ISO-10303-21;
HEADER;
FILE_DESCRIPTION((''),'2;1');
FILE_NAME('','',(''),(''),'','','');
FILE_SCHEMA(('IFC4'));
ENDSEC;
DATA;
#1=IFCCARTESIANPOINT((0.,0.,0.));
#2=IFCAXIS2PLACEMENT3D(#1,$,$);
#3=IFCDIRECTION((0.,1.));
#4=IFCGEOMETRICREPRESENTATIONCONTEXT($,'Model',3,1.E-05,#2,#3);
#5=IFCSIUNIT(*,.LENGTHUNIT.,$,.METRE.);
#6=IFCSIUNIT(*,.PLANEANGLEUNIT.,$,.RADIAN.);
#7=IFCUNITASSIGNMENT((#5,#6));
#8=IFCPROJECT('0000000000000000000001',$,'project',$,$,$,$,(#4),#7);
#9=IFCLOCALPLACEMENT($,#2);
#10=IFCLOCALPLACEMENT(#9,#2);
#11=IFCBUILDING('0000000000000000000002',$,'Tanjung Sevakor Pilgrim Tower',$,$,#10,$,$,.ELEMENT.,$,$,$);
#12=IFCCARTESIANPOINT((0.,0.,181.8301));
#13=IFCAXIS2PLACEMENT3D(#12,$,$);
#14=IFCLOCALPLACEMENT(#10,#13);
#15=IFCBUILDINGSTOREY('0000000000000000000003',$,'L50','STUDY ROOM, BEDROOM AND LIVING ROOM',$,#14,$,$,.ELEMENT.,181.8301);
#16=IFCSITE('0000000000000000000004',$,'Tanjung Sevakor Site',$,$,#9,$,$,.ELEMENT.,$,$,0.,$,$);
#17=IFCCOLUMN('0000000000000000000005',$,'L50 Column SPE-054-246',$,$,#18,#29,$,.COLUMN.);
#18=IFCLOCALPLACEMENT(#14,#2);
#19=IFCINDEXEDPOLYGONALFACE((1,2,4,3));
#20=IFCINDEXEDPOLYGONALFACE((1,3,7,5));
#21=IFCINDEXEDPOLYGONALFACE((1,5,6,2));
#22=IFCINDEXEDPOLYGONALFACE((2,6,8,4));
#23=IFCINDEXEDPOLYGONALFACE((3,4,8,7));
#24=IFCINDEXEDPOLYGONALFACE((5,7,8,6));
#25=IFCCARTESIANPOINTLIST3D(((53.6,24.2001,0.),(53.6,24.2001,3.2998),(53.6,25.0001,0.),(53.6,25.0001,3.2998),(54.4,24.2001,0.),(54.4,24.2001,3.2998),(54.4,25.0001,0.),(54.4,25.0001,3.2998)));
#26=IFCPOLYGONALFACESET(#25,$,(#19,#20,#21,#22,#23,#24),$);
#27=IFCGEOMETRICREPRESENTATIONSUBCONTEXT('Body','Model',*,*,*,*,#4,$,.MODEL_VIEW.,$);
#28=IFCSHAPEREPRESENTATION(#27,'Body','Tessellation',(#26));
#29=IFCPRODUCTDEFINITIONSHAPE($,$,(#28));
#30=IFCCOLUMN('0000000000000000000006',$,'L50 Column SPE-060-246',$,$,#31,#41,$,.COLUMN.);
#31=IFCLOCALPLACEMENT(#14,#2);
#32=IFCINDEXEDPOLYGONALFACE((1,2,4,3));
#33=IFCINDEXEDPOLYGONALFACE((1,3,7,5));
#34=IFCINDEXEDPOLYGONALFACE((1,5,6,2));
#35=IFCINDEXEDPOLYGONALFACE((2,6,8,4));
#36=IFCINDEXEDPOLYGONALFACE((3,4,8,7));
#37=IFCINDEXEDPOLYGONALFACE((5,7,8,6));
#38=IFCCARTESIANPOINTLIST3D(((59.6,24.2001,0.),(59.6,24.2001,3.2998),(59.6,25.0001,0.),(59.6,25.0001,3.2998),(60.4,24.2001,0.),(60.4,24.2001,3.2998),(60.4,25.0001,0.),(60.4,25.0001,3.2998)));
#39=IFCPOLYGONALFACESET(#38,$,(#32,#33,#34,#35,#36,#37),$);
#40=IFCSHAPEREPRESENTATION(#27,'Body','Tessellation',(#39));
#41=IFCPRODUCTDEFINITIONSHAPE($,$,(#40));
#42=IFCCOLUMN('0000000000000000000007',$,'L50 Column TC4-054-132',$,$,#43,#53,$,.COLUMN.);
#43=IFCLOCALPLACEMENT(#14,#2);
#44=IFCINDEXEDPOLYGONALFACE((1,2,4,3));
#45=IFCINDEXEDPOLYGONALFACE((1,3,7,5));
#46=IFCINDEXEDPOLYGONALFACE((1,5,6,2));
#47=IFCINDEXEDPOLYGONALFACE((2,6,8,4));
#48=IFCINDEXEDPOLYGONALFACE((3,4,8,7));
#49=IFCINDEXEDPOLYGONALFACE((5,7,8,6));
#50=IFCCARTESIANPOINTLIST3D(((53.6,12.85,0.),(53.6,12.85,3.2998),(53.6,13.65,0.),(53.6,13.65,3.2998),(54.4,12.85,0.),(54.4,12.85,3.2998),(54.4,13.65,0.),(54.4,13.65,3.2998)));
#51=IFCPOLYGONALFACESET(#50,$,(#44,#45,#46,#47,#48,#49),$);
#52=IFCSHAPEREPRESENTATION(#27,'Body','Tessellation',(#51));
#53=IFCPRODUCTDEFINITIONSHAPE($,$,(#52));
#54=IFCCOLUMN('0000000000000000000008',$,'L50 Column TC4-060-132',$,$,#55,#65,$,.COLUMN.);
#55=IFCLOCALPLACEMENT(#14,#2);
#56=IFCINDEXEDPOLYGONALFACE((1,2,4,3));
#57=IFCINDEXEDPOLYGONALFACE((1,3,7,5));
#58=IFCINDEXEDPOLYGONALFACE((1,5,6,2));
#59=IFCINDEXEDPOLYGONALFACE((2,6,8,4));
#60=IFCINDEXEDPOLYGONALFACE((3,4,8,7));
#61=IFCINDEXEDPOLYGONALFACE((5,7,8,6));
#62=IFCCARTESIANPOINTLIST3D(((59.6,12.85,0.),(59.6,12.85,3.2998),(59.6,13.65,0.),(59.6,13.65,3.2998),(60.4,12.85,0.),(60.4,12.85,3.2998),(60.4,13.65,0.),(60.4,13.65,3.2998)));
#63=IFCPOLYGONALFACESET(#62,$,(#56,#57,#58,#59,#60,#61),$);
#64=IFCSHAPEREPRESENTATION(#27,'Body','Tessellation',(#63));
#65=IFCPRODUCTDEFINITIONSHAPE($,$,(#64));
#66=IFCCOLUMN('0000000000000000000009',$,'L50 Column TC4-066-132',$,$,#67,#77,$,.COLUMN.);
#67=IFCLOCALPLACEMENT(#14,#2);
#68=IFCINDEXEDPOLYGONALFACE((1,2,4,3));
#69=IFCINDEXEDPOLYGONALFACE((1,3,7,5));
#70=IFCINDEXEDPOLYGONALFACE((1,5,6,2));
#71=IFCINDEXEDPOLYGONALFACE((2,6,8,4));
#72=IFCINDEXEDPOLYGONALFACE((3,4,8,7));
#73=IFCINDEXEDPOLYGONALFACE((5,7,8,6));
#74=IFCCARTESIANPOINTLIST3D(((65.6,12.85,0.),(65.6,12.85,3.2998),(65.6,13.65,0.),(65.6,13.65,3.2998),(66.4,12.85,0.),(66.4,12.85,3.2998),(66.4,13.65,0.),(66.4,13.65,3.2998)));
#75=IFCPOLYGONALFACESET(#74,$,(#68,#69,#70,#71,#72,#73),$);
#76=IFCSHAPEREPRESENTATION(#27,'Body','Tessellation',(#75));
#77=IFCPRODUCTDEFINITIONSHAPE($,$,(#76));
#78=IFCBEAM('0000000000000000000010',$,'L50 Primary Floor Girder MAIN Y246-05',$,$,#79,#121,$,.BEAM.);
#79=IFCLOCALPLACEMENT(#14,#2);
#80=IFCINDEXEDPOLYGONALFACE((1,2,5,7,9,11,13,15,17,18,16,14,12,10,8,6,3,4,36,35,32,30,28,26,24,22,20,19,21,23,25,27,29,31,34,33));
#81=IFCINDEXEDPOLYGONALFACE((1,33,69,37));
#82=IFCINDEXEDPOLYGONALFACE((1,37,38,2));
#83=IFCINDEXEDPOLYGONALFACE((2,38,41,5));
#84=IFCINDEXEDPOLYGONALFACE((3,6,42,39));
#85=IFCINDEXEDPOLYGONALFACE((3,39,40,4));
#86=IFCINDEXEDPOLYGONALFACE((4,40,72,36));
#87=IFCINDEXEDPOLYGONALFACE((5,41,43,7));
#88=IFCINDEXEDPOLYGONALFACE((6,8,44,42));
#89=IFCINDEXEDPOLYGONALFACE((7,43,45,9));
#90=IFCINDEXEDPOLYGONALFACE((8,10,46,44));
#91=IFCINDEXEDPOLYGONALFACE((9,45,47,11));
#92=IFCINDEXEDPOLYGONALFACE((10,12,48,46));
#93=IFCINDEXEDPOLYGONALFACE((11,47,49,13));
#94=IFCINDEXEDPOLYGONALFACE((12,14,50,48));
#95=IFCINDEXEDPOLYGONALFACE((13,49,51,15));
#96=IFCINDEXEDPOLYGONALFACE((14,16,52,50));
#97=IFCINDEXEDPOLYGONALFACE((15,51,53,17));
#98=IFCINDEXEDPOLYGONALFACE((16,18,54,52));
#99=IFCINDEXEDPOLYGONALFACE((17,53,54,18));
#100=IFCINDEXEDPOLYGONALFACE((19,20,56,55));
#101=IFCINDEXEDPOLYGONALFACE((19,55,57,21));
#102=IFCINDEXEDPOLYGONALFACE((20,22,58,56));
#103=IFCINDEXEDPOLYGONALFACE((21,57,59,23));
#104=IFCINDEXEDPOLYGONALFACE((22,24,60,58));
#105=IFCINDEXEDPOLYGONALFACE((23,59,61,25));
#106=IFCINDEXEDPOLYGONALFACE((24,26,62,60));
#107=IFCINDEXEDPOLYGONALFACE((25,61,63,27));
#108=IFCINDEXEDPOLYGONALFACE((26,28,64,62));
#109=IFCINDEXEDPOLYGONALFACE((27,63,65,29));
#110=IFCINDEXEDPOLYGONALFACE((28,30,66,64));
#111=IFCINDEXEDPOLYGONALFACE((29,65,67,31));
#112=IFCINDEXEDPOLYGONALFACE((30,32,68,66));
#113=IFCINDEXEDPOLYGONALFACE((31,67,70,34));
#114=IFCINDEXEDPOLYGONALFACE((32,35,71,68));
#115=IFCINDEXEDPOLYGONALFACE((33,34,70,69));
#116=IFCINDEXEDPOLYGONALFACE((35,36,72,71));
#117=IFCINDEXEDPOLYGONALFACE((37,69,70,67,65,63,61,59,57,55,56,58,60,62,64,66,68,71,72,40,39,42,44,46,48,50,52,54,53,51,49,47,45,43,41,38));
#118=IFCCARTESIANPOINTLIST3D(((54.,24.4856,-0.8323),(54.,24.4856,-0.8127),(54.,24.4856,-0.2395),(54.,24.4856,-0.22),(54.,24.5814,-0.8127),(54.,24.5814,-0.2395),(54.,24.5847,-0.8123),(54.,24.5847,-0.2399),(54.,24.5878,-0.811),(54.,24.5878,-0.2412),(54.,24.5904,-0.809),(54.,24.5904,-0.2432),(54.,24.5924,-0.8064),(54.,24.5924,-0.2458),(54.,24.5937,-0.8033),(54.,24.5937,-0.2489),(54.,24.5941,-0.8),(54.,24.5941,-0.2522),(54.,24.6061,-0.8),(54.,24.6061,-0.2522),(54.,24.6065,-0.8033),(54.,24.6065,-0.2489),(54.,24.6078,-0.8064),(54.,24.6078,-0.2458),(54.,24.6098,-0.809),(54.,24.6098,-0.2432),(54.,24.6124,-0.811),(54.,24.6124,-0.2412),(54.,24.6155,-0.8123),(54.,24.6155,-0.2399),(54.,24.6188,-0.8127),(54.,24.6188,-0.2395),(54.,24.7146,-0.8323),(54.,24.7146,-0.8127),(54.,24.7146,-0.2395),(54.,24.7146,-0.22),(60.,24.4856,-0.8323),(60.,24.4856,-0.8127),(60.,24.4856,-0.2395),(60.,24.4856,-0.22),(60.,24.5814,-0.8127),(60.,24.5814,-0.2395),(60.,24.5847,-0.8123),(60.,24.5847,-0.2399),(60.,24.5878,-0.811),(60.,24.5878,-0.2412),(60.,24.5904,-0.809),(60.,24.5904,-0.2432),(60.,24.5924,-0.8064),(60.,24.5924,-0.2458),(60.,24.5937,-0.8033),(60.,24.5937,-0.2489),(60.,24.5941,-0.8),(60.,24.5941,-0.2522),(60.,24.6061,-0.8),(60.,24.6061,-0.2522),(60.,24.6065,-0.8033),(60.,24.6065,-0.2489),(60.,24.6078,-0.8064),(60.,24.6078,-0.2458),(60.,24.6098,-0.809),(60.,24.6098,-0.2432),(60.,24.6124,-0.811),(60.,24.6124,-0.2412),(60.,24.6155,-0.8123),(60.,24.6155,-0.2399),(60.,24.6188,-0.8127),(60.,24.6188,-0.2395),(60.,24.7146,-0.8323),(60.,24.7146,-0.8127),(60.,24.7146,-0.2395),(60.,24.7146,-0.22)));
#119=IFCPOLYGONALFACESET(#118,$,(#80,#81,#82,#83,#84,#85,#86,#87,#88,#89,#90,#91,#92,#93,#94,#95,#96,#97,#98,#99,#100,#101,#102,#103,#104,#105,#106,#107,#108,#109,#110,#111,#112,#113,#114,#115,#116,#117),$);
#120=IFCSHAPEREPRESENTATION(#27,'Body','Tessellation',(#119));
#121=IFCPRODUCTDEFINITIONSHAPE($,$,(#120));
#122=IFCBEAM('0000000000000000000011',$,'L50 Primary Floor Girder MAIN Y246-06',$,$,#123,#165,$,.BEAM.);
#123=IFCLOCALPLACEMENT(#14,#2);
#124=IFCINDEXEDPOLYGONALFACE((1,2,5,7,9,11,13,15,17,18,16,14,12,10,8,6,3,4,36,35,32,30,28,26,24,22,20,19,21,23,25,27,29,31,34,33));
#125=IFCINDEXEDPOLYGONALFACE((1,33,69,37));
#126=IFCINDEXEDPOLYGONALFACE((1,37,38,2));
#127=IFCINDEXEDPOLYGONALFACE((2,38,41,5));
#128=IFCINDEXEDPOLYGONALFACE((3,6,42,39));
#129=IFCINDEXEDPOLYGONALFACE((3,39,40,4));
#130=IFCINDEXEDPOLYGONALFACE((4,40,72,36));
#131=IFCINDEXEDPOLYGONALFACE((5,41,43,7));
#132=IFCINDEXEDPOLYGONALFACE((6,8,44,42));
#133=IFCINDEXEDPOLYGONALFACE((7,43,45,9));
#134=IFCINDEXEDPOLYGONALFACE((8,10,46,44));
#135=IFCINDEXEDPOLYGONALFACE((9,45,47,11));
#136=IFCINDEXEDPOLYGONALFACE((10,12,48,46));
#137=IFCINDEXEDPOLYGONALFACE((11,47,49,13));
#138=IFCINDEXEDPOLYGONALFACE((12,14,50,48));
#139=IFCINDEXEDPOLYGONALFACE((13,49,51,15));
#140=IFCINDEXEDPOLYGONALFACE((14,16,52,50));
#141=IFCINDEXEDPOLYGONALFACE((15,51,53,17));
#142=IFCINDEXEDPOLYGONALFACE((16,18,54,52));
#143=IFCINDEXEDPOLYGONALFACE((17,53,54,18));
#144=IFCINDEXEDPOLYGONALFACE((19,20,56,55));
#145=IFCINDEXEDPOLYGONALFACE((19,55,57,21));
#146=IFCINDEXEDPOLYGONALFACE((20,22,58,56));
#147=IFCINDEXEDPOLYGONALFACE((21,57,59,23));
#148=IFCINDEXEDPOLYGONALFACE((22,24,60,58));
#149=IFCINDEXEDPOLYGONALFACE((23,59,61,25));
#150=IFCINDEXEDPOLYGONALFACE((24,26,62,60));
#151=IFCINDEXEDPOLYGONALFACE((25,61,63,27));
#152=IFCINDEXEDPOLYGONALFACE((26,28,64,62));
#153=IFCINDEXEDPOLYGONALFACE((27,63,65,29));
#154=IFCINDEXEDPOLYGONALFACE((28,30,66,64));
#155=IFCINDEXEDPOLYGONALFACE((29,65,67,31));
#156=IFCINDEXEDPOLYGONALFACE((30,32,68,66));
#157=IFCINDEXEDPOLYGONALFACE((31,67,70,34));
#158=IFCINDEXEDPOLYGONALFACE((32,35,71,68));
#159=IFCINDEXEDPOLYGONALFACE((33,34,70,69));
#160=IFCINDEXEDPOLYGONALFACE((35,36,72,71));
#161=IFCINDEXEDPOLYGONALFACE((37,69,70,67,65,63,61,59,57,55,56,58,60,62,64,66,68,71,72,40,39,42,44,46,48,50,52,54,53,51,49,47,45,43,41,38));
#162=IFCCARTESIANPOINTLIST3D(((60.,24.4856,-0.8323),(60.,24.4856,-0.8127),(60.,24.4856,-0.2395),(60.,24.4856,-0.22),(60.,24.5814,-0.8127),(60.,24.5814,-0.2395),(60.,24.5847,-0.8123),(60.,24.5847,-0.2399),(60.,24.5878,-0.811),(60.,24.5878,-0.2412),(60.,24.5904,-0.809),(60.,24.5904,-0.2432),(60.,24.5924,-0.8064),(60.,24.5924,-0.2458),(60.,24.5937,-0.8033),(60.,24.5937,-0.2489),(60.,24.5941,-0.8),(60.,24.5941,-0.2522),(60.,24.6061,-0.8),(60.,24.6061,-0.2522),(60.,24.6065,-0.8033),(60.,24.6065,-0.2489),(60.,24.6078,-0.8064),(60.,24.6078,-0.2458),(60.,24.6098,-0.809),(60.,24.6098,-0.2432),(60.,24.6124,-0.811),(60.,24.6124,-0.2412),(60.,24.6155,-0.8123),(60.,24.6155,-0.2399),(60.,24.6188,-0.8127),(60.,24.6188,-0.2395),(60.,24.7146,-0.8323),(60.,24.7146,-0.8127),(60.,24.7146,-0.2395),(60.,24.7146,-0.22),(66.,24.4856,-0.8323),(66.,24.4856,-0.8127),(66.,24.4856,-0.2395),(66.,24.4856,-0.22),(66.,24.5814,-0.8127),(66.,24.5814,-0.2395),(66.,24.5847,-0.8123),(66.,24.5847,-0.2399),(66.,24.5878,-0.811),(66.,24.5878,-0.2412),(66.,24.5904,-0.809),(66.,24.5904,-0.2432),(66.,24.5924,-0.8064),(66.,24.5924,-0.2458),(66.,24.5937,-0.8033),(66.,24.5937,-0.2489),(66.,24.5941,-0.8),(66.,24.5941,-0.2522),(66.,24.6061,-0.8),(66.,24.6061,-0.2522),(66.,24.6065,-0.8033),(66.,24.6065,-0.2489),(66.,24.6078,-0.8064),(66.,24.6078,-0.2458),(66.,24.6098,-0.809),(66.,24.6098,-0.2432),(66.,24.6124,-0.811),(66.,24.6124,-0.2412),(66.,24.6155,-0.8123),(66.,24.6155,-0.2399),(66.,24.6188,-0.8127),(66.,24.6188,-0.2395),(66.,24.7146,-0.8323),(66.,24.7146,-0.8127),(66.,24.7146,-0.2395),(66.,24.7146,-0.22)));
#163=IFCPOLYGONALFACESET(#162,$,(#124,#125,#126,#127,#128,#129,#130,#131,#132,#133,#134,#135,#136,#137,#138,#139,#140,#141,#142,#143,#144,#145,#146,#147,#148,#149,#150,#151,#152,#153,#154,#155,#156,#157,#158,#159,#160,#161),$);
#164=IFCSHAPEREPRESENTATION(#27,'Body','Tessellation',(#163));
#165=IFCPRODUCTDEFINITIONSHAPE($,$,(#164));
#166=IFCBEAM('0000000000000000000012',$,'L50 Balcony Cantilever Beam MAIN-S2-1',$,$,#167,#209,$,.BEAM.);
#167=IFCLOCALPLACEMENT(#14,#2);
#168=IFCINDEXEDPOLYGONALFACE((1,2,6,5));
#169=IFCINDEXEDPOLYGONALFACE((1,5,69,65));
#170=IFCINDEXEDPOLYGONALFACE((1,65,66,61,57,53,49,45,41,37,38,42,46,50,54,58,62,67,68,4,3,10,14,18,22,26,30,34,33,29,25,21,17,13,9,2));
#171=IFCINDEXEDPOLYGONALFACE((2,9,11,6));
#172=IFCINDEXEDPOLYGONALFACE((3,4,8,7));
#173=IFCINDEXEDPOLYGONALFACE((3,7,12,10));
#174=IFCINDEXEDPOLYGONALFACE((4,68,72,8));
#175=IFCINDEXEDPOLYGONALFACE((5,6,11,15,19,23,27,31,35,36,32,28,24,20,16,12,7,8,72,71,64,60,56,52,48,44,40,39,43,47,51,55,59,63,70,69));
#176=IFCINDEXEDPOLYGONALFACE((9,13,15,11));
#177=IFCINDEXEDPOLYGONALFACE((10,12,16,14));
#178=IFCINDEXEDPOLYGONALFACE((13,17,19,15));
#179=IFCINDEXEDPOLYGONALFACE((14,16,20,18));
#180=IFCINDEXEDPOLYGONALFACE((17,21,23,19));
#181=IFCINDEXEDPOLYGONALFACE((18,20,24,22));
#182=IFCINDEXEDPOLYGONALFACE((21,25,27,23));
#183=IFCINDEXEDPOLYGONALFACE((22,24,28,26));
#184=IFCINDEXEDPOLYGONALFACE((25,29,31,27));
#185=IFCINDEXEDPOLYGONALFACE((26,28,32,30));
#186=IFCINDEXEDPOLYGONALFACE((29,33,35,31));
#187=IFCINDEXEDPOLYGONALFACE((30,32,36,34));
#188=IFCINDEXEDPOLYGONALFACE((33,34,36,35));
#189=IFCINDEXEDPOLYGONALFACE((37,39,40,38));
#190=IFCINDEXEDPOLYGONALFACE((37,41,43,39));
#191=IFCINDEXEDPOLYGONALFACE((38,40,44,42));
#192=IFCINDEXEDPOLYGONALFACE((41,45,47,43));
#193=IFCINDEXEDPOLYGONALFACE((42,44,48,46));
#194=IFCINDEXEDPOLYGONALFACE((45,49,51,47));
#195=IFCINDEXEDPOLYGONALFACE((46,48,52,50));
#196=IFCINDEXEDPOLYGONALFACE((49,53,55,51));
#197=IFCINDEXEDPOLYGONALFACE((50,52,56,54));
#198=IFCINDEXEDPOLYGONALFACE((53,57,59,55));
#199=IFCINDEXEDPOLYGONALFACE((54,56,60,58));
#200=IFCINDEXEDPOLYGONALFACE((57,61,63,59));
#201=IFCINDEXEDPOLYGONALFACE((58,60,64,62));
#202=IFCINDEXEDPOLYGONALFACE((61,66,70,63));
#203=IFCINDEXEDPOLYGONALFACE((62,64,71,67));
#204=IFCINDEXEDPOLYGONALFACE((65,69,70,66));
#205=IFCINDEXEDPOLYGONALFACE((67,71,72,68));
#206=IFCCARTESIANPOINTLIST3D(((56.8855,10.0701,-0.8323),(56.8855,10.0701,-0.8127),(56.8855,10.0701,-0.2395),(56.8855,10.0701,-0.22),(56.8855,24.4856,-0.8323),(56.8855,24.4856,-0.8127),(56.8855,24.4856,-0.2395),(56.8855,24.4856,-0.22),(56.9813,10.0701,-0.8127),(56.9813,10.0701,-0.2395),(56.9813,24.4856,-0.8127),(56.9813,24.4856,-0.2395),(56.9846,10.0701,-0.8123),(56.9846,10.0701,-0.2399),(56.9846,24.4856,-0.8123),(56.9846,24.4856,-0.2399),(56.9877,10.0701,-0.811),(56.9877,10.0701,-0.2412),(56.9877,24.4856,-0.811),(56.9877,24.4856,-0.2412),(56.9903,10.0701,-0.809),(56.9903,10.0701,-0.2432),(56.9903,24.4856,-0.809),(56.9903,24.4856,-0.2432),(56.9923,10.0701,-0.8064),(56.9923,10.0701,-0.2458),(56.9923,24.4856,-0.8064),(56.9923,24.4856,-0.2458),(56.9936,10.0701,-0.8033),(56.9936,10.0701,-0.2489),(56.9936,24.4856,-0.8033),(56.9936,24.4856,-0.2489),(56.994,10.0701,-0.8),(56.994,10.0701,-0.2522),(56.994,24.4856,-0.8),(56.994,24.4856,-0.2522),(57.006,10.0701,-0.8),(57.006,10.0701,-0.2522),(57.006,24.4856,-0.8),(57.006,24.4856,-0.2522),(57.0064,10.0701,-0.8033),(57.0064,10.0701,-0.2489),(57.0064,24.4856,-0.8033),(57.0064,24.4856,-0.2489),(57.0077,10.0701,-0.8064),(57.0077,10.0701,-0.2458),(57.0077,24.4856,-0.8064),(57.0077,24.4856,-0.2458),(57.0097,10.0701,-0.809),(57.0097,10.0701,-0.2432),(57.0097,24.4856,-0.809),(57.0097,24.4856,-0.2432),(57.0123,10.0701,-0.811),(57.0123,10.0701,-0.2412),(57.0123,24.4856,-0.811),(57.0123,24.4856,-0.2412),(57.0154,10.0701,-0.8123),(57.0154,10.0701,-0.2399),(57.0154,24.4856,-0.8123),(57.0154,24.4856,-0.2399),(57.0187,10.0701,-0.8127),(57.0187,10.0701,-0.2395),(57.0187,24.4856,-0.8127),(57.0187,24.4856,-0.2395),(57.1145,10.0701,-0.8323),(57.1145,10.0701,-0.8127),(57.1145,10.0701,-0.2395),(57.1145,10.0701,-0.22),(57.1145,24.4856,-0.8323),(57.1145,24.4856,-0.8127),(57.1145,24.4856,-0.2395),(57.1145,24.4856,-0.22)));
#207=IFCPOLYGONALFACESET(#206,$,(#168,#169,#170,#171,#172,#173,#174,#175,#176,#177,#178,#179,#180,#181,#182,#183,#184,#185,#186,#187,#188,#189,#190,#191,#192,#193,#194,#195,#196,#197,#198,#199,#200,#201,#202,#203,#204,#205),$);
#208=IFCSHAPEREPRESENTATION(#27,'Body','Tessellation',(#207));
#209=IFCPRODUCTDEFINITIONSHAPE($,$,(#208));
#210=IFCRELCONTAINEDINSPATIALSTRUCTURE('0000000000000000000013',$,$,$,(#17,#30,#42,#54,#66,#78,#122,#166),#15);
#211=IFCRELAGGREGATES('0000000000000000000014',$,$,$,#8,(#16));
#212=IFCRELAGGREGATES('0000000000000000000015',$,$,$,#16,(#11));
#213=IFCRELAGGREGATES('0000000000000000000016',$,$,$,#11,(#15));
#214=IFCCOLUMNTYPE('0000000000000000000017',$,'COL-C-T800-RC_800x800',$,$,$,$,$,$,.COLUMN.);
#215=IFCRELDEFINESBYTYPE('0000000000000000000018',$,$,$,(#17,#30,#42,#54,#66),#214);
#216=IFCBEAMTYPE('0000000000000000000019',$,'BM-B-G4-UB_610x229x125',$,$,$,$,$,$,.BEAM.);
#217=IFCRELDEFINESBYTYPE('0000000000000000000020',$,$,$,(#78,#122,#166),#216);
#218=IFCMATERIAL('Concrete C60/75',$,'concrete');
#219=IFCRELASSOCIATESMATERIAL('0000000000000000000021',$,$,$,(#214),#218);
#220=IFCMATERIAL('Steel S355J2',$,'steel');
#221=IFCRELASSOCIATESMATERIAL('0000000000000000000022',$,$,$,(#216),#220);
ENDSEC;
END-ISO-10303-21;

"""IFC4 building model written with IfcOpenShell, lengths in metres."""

from ifc_helpers import new_model, si_unit, direction, frame, origin, origin_2d, place, context, subcontext, project, spatial, rectangle, i_section, extrude, material, material_profile, profile_set, type_object, element, save


model = new_model("IFC4")

# Units and contexts
model_context = context("Model", 3, precision=1e-05, world=origin(), true_north=direction((0.0, 1.0)))
body_context = subcontext(model_context, "Body", "Model", "MODEL_VIEW")
ifc_project = project(units=[si_unit("LENGTHUNIT", "METRE"), si_unit("PLANEANGLEUNIT", "RADIAN")], contexts=[model_context])

# Site, building, storey
site_placement = place(None, origin())
site = spatial("IfcSite", under=ifc_project, at=site_placement, Name="Tanjung Sevakor Site", CompositionType="ELEMENT", RefElevation=0.0)
building_placement = place(site_placement, origin())
building = spatial("IfcBuilding", under=site, at=building_placement, Name="Tanjung Sevakor Pilgrim Tower", CompositionType="ELEMENT")
storey_placement = place(building_placement, frame((0.0, 0.0, 181.8301)))
storey = spatial("IfcBuildingStorey", under=building, at=storey_placement, Name="L50", Description="STUDY ROOM, BEDROOM AND LIVING ROOM", CompositionType="ELEMENT", Elevation=181.8301)

# Columns
ifc_material_1 = material(Name="Concrete C60/75", Category="concrete")
ifc_material_profile_1 = material_profile(ifc_material_1, rectangle(XDim=0.8, YDim=0.8, at=origin_2d()))
ifc_profile_set_1 = profile_set([ifc_material_profile_1], Name="Concrete C60/75")
column_type = type_object("IfcColumnType", Name="COL-C-T800-RC_800x800", PredefinedType="COLUMN", material=ifc_profile_set_1)
for number, where, z_axis, x_axis, name in (
    (1, (54.0, 24.6001, 0.0), (0.0, 0.0, 1.0), (1.0, 0.0, 0.0), "L50 Column SPE-054-246"),
    (2, (60.0, 24.6001, 0.0), (0.0, 0.0, 1.0), (1.0, 0.0, 0.0), "L50 Column SPE-060-246"),
    (3, (54.0, 13.25, 0.0), (0.0, 0.0, 1.0), (1.0, 0.0, 0.0), "L50 Column TC4-054-132"),
    (4, (60.0, 13.25, 0.0), (0.0, 0.0, 1.0), (1.0, 0.0, 0.0), "L50 Column TC4-060-132"),
    (5, (66.0, 13.25, 0.0), (0.0, 0.0, 1.0), (1.0, 0.0, 0.0), "L50 Column TC4-066-132"),
):
    element("IfcColumn", number, at=place(storey_placement, frame(where, z_axis=z_axis, x_axis=x_axis)), inside=storey, type_object=column_type, Name=name, PredefinedType="COLUMN", context=body_context, shape_type="SweptSolid", body=[
        extrude(rectangle(XDim=0.8, YDim=0.8, at=origin_2d()), origin(), (0.0, 0.0, 1.0), 3.2998),
    ])

# Beams
ifc_material_2 = material(Name="Steel S355J2", Category="steel")
ifc_material_profile_2 = material_profile(ifc_material_2, i_section(OverallWidth=0.229, OverallDepth=0.6123, WebThickness=0.012, FlangeThickness=0.0195, FilletRadius=0.0127, at=origin_2d()))
ifc_profile_set_2 = profile_set([ifc_material_profile_2], Name="Steel S355J2")
beam_type_1 = type_object("IfcBeamType", Name="BM-B-G4-UB_610x229x125", PredefinedType="BEAM", material=ifc_profile_set_2)
for number, where, z_axis, x_axis, name in (
    (6, (54.0, 24.6001, -0.5261), (1.0, 0.0, 0.0), (0.0, 1.0, 0.0), "L50 Primary Floor Girder MAIN Y246-05"),
    (7, (60.0, 24.6001, -0.5261), (1.0, 0.0, 0.0), (0.0, 1.0, 0.0), "L50 Primary Floor Girder MAIN Y246-06"),
):
    element("IfcBeam", number, at=place(storey_placement, frame(where, z_axis=z_axis, x_axis=x_axis)), inside=storey, type_object=beam_type_1, Name=name, PredefinedType="BEAM", context=body_context, shape_type="SweptSolid", body=[
        extrude(i_section(OverallWidth=0.229, OverallDepth=0.6123, WebThickness=0.012, FlangeThickness=0.0195, FilletRadius=0.0127, at=origin_2d()), origin(), (0.0, 0.0, 1.0), 6.0),
    ])
beam_1_placement = place(storey_placement, frame((57.0, 24.4856, -0.5261), z_axis=(0.0, -1.0, 0.0), x_axis=(1.0, 0.0, 0.0)))
element("IfcBeam", 8, at=beam_1_placement, inside=storey, type_object=beam_type_1, Name="L50 Balcony Cantilever Beam MAIN-S2-1", PredefinedType="BEAM", context=body_context, shape_type="SweptSolid", body=[
    extrude(i_section(OverallWidth=0.229, OverallDepth=0.6123, WebThickness=0.012, FlangeThickness=0.0195, FilletRadius=0.0127, at=origin_2d()), origin(), (0.0, 0.0, 1.0), 14.4155),
])

save(model, "model.ifc")
